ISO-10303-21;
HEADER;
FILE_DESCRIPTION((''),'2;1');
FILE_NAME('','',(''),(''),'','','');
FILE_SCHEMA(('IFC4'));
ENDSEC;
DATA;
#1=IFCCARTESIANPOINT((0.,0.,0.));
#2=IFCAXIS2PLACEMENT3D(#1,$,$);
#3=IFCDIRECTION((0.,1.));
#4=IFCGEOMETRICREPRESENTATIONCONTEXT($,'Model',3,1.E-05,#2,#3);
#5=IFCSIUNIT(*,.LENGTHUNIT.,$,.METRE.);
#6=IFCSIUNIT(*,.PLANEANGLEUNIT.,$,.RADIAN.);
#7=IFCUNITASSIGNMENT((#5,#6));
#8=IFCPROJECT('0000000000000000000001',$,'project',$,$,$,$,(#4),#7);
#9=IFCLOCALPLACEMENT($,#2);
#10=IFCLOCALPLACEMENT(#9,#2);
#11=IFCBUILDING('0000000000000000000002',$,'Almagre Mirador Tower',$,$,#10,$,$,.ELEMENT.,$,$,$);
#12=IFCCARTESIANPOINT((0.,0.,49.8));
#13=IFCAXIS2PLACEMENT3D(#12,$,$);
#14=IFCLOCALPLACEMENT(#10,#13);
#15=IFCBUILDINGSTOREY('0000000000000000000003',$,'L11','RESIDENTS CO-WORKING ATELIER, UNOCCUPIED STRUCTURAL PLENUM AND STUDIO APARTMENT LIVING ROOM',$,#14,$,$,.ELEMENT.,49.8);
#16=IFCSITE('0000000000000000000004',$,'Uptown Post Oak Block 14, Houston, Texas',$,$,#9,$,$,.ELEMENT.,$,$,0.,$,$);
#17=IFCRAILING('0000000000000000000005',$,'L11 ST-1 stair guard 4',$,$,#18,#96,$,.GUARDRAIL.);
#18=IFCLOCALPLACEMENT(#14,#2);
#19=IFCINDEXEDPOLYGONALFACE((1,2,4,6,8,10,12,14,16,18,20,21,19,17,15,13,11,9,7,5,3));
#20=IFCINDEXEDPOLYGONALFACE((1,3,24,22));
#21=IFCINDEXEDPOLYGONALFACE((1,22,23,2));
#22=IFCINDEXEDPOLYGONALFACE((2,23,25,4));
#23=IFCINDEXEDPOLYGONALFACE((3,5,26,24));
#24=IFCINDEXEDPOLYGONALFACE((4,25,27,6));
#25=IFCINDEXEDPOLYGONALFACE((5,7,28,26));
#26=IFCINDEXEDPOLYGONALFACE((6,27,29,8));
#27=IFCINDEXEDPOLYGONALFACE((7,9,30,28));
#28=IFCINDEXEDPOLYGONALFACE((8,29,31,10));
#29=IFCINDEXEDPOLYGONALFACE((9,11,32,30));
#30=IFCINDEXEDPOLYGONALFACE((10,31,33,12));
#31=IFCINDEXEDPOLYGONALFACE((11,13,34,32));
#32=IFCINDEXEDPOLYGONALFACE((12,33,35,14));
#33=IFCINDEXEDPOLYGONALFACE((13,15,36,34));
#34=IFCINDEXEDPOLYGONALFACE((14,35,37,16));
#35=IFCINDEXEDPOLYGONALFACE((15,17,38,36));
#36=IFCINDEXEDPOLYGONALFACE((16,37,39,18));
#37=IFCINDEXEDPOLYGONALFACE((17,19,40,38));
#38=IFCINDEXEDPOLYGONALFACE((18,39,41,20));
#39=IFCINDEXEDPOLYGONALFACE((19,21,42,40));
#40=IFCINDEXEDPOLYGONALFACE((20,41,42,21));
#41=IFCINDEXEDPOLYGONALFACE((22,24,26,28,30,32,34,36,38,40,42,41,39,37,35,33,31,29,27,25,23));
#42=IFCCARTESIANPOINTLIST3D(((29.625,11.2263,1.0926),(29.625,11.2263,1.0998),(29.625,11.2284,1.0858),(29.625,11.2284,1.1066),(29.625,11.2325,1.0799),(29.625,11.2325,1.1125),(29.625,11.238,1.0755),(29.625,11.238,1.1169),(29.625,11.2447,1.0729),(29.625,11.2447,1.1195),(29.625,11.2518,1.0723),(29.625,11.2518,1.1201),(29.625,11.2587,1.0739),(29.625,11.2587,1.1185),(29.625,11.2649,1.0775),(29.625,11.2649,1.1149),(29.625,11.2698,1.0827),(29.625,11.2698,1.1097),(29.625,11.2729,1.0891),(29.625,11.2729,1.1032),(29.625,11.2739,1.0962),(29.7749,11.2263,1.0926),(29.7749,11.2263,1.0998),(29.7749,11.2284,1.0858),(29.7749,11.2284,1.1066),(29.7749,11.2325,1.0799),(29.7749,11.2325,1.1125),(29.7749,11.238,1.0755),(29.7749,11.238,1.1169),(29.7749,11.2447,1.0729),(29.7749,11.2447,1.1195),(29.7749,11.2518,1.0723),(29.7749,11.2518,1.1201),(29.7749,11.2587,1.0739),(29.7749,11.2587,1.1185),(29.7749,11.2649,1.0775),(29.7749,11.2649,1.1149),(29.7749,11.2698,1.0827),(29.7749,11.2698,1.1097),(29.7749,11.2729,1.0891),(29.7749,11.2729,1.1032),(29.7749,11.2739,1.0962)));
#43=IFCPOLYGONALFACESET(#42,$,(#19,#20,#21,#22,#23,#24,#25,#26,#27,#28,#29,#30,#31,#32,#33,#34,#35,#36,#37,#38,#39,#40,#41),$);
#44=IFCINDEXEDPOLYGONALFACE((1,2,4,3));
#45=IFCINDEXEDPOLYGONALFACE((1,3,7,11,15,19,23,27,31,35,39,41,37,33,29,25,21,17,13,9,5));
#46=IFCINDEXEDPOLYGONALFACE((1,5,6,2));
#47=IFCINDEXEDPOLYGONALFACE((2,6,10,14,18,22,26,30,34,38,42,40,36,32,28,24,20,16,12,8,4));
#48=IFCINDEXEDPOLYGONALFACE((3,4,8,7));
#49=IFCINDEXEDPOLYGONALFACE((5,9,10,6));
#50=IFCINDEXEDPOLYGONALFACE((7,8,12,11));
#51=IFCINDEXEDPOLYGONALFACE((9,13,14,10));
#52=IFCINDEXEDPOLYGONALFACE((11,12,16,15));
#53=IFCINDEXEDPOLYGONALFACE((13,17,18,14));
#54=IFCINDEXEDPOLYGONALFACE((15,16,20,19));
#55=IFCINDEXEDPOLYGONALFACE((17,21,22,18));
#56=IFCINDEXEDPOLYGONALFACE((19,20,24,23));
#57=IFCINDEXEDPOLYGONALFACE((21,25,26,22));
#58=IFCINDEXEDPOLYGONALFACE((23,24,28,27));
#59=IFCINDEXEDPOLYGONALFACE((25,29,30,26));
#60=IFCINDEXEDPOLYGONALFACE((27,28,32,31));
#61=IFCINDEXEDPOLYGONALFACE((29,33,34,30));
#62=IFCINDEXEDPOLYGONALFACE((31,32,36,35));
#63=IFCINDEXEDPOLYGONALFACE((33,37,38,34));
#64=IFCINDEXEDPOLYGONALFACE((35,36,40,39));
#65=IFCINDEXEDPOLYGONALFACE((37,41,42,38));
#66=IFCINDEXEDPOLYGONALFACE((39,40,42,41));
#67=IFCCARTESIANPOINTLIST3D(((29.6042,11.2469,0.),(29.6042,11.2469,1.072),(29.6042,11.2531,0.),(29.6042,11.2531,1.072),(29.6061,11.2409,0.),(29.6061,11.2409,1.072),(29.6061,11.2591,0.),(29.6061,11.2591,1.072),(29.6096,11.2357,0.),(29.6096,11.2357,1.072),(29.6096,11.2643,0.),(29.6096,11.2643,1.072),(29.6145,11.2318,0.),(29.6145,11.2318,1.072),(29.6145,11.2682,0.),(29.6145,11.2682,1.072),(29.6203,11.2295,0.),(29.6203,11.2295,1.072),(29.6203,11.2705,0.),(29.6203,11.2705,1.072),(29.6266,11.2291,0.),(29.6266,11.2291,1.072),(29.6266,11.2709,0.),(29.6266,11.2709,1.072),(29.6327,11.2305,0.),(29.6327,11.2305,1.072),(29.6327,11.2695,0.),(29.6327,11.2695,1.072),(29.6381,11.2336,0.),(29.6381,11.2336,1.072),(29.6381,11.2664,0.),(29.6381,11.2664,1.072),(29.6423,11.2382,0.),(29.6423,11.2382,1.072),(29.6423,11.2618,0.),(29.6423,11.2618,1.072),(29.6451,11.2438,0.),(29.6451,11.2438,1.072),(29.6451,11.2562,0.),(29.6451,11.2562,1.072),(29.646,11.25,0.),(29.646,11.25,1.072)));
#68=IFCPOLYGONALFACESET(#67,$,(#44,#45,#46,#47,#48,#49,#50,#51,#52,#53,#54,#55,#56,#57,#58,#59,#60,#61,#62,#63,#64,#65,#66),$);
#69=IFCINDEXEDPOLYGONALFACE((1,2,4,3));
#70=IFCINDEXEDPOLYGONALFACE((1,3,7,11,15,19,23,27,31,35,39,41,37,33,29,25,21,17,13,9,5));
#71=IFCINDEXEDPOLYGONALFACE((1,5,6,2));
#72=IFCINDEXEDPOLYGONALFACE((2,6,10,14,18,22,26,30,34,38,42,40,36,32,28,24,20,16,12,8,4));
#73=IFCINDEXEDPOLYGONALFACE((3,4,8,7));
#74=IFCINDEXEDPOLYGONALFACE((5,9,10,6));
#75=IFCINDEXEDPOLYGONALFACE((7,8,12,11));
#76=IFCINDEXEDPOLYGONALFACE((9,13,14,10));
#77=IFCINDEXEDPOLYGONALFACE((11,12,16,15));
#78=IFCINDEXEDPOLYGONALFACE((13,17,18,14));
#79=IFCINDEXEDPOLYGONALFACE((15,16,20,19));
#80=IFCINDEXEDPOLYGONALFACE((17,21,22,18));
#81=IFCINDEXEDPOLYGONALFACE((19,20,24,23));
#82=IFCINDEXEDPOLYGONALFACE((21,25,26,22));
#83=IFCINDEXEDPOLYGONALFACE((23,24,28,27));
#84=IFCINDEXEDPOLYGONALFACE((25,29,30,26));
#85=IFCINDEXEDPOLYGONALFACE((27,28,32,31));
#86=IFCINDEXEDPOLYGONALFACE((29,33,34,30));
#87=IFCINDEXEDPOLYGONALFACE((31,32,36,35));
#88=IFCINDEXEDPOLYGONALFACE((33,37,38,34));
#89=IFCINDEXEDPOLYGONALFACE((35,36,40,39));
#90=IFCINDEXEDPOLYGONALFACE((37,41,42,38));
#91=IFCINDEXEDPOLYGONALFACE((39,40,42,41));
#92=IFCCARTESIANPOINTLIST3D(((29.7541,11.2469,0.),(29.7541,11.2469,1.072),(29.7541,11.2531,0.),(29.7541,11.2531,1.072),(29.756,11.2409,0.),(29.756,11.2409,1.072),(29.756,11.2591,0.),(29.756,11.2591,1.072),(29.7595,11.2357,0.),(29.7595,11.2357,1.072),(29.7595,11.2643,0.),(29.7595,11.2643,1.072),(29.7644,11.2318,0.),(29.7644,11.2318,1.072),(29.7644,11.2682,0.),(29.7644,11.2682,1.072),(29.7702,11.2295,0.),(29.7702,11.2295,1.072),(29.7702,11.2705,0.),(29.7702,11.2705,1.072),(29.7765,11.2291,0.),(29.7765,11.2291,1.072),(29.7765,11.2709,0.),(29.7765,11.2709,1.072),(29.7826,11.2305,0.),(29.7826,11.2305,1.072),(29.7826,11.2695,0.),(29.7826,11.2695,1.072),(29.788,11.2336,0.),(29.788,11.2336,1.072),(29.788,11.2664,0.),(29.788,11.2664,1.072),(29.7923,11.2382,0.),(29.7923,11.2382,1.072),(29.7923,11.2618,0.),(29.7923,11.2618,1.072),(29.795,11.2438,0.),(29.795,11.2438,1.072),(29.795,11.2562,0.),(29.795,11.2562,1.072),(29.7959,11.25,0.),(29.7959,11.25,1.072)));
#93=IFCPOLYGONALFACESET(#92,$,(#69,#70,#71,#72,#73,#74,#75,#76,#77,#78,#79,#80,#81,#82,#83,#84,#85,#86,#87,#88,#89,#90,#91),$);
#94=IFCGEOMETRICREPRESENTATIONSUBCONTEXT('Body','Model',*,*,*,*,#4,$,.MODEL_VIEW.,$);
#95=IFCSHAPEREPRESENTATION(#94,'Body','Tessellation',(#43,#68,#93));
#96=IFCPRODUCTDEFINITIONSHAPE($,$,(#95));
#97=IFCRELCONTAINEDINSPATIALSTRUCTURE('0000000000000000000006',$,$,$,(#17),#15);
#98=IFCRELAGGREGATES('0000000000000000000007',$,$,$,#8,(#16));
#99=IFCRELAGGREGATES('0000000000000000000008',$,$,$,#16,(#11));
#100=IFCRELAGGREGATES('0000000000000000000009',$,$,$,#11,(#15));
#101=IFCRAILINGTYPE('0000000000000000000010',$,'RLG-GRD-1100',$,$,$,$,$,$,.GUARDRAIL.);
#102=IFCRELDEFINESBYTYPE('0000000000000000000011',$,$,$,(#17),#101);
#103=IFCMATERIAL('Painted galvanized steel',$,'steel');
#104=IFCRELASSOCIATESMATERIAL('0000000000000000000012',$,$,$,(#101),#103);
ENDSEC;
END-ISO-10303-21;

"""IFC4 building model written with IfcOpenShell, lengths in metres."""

from ifc_helpers import new_model, si_unit, direction, frame, origin, origin_2d, place, context, subcontext, project, spatial, circle, extrude, material, type_object, element, save


model = new_model("IFC4")

# Units and contexts
model_context = context("Model", 3, precision=1e-05, world=origin(), true_north=direction((0.0, 1.0)))
body_context = subcontext(model_context, "Body", "Model", "MODEL_VIEW")
ifc_project = project(units=[si_unit("LENGTHUNIT", "METRE"), si_unit("PLANEANGLEUNIT", "RADIAN")], contexts=[model_context])

# Site, building, storey
site_placement = place(None, origin())
site = spatial("IfcSite", under=ifc_project, at=site_placement, Name="Uptown Post Oak Block 14, Houston, Texas", CompositionType="ELEMENT", RefElevation=0.0)
building_placement = place(site_placement, origin())
building = spatial("IfcBuilding", under=site, at=building_placement, Name="Almagre Mirador Tower", CompositionType="ELEMENT")
storey_placement = place(building_placement, frame((0.0, 0.0, 49.8)))
storey = spatial("IfcBuildingStorey", under=building, at=storey_placement, Name="L11", Description="RESIDENTS CO-WORKING ATELIER, UNOCCUPIED STRUCTURAL PLENUM AND STUDIO APARTMENT LIVING ROOM", CompositionType="ELEMENT", Elevation=49.8)

# Railing
ifc_material_1 = material(Name="Painted galvanized steel", Category="steel")
railing_type_1 = type_object("IfcRailingType", Name="RLG-GRD-1100", PredefinedType="GUARDRAIL", material=ifc_material_1)
railing_1_placement = place(storey_placement, frame((29.625, 11.25, 0.0)))
element("IfcRailing", 1, at=railing_1_placement, inside=storey, type_object=railing_type_1, Name="L11 ST-1 stair guard 4", PredefinedType="GUARDRAIL", context=body_context, shape_type="SweptSolid", body=[
    extrude(circle(Radius=0.0239, at=origin_2d()), frame((0.0, 0.0, 1.0962), z_axis=(1.0, 0.0, 0.0), x_axis=(0.0, 1.0, 0.0)), (0.0, 0.0, 1.0), 0.1499),
    extrude(circle(Radius=0.021, at=origin_2d()), origin(), (0.0, 0.0, 1.0), 1.072),
    extrude(circle(Radius=0.021, at=origin_2d()), frame((0.1499, 0.0, 0.0)), (0.0, 0.0, 1.0), 1.072),
])

save(model, "model.ifc")
